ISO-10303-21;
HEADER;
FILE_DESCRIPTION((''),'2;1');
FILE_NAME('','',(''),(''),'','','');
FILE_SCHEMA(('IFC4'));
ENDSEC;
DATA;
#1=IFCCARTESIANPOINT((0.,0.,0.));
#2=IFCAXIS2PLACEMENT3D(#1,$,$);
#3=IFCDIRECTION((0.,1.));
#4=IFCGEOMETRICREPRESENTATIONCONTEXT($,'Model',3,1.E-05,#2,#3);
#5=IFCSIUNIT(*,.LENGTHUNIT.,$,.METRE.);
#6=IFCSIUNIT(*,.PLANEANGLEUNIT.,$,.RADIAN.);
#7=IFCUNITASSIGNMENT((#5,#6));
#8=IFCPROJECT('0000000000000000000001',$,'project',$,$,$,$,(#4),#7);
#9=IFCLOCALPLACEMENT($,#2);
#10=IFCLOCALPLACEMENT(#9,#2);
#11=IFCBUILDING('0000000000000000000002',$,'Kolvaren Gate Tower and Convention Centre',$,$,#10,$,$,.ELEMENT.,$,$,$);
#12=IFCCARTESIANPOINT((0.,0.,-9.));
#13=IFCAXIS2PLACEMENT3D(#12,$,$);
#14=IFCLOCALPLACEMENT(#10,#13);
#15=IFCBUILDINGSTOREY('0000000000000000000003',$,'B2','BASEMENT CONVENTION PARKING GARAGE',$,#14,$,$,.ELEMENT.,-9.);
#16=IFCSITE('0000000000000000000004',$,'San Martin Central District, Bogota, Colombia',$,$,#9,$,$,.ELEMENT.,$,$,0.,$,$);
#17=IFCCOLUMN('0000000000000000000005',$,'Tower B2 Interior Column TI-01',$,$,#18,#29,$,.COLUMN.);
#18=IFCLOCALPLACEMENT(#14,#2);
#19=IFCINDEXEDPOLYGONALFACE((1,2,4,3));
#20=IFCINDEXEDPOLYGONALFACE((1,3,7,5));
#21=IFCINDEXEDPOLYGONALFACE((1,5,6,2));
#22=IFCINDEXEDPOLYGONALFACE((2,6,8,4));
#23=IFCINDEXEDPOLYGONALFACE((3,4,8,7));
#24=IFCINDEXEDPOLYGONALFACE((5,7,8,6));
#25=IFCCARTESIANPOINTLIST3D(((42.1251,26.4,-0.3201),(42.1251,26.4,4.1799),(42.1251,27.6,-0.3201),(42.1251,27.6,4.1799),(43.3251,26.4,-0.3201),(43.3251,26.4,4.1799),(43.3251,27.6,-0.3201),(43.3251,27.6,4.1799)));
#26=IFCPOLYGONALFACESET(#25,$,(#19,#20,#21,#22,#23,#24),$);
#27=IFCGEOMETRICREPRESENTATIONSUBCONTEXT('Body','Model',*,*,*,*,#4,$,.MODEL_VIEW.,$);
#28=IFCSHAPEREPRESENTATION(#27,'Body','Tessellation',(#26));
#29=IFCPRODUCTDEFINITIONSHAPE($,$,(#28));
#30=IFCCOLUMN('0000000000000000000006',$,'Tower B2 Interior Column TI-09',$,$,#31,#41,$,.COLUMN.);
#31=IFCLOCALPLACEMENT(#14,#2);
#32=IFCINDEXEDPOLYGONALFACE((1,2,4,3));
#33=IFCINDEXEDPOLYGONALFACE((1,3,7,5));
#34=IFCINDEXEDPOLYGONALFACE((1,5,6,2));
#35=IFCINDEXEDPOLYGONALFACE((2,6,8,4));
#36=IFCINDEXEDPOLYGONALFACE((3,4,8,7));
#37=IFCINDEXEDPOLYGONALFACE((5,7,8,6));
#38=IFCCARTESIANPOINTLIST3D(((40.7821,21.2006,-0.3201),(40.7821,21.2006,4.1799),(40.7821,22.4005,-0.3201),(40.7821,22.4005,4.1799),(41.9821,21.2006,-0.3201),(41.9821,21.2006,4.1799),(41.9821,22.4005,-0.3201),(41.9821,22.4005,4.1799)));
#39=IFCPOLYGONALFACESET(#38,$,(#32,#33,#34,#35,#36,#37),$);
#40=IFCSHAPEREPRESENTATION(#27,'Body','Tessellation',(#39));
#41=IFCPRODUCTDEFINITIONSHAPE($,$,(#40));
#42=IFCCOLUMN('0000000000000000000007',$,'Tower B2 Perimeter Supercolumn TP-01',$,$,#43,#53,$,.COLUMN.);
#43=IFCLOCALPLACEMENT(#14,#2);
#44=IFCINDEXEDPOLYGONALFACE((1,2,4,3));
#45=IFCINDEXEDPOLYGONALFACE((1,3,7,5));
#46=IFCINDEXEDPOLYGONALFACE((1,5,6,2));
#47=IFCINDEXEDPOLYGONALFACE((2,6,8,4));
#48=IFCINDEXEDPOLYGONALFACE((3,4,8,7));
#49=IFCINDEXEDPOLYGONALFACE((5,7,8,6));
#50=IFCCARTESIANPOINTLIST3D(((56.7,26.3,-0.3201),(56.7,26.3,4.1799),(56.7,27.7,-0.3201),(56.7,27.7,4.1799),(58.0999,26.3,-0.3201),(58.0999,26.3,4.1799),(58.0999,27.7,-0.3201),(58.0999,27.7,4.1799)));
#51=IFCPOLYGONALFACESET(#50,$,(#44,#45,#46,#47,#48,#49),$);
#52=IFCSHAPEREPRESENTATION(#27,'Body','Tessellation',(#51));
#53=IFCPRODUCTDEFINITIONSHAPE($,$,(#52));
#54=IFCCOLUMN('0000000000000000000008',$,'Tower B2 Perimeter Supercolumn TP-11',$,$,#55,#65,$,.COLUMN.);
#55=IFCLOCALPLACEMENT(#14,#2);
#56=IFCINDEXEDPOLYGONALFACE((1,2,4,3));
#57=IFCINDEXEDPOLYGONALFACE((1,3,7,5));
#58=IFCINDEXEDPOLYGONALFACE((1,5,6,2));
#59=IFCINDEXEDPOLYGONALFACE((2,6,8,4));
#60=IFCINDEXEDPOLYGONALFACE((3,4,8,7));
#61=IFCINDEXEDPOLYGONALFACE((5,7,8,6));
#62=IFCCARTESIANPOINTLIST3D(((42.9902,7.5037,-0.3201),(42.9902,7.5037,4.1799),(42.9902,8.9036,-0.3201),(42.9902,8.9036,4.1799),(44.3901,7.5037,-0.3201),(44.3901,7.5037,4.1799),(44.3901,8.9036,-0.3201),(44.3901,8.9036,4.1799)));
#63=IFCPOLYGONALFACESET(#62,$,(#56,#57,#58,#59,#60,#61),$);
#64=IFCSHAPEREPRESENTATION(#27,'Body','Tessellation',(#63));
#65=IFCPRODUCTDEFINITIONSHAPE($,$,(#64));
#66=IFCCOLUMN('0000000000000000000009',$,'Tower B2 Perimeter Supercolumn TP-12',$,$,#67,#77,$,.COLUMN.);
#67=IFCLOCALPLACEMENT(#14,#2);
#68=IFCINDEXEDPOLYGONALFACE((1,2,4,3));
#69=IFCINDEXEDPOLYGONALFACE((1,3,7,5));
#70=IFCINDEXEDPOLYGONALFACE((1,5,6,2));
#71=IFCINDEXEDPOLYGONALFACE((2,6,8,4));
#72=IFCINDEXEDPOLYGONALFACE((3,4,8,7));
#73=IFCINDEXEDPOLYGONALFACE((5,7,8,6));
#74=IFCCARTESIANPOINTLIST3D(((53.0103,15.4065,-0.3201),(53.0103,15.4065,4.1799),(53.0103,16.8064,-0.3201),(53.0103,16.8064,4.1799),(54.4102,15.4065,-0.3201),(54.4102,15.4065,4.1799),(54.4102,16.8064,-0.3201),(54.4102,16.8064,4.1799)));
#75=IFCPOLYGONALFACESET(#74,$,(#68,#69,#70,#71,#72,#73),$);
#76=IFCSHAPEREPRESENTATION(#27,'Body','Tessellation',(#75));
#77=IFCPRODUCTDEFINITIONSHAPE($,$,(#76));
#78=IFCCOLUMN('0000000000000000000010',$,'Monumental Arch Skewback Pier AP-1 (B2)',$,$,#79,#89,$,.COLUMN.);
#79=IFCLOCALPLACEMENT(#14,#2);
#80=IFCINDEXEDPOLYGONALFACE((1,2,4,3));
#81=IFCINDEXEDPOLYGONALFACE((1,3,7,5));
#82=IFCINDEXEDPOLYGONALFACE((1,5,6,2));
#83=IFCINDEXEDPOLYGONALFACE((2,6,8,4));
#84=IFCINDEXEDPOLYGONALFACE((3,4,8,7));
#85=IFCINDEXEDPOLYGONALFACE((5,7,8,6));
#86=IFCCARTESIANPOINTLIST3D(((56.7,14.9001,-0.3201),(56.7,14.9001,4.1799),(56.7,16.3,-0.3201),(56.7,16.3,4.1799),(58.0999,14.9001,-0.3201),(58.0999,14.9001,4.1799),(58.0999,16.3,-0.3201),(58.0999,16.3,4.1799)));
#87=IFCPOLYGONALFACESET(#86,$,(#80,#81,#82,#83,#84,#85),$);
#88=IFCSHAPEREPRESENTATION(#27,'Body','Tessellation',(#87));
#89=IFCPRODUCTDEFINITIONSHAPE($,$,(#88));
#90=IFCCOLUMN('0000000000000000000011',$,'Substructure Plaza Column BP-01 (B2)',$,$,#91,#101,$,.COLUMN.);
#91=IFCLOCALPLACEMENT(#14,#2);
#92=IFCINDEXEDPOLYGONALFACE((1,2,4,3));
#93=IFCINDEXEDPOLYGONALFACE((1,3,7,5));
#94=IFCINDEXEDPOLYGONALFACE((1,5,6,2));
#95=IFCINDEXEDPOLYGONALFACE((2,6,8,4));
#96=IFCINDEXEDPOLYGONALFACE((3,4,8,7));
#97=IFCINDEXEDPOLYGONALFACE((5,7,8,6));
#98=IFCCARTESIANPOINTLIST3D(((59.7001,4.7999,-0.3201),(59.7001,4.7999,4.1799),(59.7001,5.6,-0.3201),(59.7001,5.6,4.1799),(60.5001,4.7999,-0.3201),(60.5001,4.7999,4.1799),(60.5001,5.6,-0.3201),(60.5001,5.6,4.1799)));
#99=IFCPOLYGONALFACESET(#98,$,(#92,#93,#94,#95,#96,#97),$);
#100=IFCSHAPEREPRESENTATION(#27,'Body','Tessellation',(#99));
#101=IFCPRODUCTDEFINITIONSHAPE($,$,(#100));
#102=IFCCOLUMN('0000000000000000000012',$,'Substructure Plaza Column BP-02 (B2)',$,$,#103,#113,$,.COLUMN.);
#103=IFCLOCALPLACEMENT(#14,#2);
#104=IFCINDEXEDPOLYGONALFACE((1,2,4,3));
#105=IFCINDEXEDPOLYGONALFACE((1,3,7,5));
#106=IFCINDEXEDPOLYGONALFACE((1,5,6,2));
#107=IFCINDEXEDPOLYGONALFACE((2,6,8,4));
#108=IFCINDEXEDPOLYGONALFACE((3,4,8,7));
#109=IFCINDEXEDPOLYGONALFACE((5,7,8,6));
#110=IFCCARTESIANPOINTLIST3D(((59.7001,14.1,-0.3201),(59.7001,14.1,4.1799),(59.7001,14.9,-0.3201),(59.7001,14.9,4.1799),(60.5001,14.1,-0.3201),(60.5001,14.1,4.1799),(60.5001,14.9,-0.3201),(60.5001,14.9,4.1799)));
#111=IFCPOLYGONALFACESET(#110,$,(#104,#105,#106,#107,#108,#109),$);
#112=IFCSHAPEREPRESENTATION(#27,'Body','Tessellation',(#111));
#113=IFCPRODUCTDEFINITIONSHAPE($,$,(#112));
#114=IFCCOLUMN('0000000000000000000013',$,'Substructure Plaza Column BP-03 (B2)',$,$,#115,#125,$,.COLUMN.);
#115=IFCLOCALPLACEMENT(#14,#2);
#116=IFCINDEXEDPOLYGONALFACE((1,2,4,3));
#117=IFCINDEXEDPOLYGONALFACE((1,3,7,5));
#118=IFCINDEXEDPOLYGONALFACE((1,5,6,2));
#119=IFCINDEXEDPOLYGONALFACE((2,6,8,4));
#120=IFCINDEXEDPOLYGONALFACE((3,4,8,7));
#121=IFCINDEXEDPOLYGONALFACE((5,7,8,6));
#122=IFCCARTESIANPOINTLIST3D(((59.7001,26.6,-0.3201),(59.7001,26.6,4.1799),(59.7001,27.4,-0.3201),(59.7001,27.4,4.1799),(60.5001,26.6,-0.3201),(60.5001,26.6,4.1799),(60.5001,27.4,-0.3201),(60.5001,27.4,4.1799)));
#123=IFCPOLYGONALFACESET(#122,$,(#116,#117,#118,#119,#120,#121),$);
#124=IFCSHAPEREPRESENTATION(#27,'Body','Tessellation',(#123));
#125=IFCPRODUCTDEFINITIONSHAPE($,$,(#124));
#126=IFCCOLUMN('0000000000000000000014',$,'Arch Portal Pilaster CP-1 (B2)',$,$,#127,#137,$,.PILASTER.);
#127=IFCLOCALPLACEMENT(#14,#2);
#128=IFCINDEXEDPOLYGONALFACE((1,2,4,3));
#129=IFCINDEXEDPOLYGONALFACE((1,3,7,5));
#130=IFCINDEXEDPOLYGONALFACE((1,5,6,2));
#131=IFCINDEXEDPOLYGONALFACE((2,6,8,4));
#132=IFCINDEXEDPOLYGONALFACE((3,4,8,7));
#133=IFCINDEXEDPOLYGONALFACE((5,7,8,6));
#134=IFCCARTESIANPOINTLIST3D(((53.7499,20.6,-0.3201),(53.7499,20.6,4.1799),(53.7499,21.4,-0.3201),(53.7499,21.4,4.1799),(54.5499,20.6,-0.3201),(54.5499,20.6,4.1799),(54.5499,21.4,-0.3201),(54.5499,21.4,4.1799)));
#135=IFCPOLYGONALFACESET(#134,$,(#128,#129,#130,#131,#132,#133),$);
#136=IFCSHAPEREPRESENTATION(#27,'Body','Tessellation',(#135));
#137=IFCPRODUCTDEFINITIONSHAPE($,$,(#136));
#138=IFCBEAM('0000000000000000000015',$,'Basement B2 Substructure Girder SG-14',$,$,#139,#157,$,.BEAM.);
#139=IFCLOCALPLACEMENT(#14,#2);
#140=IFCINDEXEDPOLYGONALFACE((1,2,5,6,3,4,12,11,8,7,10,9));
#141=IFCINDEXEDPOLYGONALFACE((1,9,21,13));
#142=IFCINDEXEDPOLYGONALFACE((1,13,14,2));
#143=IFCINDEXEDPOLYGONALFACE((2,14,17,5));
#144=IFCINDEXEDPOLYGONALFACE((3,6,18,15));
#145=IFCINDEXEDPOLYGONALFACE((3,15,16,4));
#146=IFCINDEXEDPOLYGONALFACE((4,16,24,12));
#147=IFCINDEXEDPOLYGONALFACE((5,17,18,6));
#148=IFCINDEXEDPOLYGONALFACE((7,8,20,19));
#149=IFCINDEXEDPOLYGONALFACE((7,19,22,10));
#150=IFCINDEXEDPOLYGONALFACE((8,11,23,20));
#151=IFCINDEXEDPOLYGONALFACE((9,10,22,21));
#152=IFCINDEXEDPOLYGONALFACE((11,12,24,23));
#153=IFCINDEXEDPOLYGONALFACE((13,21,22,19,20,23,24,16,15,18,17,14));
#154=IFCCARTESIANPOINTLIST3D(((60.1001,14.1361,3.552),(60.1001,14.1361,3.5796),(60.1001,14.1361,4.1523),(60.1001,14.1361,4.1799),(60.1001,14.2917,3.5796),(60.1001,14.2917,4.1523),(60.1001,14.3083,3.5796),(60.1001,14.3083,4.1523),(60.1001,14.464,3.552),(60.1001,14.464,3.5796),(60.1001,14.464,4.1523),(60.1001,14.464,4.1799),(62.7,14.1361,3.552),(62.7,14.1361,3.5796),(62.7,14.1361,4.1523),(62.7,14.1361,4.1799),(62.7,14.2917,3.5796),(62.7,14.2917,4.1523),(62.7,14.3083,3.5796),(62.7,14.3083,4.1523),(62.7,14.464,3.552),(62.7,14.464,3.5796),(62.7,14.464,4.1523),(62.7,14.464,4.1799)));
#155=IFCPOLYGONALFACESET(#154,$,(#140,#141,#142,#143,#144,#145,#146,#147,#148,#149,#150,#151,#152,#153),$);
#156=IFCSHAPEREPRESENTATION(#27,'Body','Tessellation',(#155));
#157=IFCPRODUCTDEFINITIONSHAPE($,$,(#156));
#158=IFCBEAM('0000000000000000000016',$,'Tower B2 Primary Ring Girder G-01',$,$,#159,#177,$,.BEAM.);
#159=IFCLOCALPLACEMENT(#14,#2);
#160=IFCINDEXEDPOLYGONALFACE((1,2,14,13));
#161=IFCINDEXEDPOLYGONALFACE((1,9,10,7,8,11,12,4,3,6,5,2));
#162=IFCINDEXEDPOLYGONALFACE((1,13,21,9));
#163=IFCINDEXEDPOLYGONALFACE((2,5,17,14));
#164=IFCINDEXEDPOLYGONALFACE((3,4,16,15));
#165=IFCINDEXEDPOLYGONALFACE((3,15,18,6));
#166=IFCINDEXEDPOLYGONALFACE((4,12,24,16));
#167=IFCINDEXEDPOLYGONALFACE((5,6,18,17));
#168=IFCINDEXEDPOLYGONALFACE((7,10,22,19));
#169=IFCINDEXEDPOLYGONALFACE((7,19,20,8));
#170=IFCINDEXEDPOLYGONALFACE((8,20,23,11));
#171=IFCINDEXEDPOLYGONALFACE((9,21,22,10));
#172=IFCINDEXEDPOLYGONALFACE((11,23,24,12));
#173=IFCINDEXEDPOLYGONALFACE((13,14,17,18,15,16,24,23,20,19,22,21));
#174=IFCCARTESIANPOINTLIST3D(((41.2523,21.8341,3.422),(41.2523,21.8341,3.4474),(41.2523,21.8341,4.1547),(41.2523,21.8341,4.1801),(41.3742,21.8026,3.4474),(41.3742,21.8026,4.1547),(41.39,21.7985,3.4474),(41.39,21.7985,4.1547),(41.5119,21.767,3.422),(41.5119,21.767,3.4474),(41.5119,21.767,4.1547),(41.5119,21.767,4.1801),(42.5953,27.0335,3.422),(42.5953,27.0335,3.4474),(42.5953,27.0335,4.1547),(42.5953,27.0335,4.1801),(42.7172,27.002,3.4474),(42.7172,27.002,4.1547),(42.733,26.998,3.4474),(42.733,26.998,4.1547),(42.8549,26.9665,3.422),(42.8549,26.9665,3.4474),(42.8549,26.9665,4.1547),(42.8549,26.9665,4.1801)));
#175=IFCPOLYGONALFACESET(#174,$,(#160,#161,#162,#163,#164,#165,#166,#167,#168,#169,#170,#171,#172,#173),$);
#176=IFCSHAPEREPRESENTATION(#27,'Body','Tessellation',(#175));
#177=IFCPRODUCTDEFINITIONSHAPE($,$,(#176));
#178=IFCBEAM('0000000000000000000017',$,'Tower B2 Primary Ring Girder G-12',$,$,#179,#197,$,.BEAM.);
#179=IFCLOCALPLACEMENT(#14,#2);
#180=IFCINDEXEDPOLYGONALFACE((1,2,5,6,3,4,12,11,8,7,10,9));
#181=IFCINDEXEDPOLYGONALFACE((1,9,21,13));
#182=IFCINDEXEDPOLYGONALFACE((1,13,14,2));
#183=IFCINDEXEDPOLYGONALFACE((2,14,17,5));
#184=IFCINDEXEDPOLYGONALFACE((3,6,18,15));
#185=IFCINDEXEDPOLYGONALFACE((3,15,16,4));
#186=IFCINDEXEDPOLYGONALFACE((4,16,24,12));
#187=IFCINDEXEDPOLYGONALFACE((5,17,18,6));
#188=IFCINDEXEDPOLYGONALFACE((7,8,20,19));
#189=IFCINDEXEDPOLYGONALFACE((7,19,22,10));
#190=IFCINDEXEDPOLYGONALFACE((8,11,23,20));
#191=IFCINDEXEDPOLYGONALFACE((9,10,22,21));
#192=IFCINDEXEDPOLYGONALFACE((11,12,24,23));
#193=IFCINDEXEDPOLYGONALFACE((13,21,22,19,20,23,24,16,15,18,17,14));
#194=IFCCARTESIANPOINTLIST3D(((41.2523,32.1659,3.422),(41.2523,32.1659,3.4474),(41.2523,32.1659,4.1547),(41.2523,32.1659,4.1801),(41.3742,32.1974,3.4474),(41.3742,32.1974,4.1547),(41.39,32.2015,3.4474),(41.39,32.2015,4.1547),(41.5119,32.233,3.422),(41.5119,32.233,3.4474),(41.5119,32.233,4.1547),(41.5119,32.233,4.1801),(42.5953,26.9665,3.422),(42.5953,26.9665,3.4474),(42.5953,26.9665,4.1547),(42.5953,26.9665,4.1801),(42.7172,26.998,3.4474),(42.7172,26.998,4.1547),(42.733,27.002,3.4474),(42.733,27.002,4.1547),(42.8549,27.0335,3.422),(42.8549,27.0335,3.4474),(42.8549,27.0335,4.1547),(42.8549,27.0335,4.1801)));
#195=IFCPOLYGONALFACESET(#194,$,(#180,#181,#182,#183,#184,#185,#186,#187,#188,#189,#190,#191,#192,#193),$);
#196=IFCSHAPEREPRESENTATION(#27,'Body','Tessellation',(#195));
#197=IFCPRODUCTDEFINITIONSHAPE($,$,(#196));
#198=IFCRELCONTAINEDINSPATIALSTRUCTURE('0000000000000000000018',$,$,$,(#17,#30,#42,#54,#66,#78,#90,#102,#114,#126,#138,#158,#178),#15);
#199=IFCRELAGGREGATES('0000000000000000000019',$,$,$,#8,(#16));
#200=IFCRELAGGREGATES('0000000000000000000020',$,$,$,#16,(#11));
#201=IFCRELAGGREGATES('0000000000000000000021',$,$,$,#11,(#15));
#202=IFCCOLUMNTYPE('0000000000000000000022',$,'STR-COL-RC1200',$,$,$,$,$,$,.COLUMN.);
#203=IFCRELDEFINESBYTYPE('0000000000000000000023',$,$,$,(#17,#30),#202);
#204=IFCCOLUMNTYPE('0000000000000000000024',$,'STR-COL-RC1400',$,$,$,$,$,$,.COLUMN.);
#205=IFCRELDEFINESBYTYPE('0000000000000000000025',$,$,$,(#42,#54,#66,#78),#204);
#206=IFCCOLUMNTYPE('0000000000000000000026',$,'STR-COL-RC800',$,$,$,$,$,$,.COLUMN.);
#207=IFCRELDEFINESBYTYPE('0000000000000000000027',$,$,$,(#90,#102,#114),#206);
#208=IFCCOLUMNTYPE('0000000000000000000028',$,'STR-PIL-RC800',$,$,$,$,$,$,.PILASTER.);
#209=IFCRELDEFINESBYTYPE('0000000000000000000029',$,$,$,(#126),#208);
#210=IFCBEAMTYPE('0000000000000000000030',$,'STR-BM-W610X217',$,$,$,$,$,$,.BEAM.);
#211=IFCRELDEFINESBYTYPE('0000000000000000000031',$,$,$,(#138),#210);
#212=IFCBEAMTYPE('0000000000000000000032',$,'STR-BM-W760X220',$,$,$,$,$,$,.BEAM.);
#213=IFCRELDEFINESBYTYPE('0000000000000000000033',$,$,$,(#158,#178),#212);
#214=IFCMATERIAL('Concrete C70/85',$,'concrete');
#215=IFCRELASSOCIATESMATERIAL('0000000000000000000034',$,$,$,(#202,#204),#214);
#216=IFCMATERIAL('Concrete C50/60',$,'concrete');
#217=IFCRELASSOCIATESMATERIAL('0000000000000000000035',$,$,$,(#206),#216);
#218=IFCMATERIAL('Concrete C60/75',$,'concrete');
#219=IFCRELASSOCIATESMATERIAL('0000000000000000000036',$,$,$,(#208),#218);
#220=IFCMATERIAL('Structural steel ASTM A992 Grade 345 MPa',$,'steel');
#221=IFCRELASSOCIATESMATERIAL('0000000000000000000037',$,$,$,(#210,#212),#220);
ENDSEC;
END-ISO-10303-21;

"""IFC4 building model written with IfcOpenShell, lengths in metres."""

from ifc_helpers import new_model, si_unit, direction, frame, origin, origin_2d, place, context, subcontext, project, spatial, rectangle, i_section, extrude, material, material_profile, profile_set, type_object, element, save


model = new_model("IFC4")

# Units and contexts
model_context = context("Model", 3, precision=1e-05, world=origin(), true_north=direction((0.0, 1.0)))
body_context = subcontext(model_context, "Body", "Model", "MODEL_VIEW")
ifc_project = project(units=[si_unit("LENGTHUNIT", "METRE"), si_unit("PLANEANGLEUNIT", "RADIAN")], contexts=[model_context])

# Site, building, storey
site_placement = place(None, origin())
site = spatial("IfcSite", under=ifc_project, at=site_placement, Name="San Martin Central District, Bogota, Colombia", CompositionType="ELEMENT", RefElevation=0.0)
building_placement = place(site_placement, origin())
building = spatial("IfcBuilding", under=site, at=building_placement, Name="Kolvaren Gate Tower and Convention Centre", CompositionType="ELEMENT")
storey_placement = place(building_placement, frame((0.0, 0.0, -9.0)))
storey = spatial("IfcBuildingStorey", under=building, at=storey_placement, Name="B2", Description="BASEMENT CONVENTION PARKING GARAGE", CompositionType="ELEMENT", Elevation=-9.0)

# Columns
ifc_material_1 = material(Name="Concrete C70/85", Category="concrete")
ifc_material_profile_1 = material_profile(ifc_material_1, rectangle(XDim=1.2, YDim=1.2, at=origin_2d()), Name="RC-COL-1200X1200")
ifc_profile_set_1 = profile_set([ifc_material_profile_1], Name="Concrete C70/85")
column_type_1 = type_object("IfcColumnType", Name="STR-COL-RC1200", PredefinedType="COLUMN", material=ifc_profile_set_1)
for number, where, z_axis, x_axis, name in (
    (1, (42.7251, 27.0, -0.3201), (0.0, 0.0, 1.0), (1.0, 0.0, 0.0), "Tower B2 Interior Column TI-01"),
    (2, (41.3821, 21.8005, -0.3201), (0.0, 0.0, 1.0), (1.0, 0.0, 0.0), "Tower B2 Interior Column TI-09"),
):
    element("IfcColumn", number, at=place(storey_placement, frame(where, z_axis=z_axis, x_axis=x_axis)), inside=storey, type_object=column_type_1, Name=name, PredefinedType="COLUMN", context=body_context, shape_type="SweptSolid", body=[
        extrude(rectangle(XDim=1.2, YDim=1.2, at=origin_2d()), origin(), (0.0, 0.0, 1.0), 4.5),
    ])
ifc_material_profile_2 = material_profile(ifc_material_1, rectangle(XDim=1.3999, YDim=1.3999, at=origin_2d()), Name="RC-COL-1400X1400")
ifc_profile_set_2 = profile_set([ifc_material_profile_2], Name="Concrete C70/85")
column_type_2 = type_object("IfcColumnType", Name="STR-COL-RC1400", PredefinedType="COLUMN", material=ifc_profile_set_2)
for number, where, z_axis, x_axis, name in (
    (3, (57.3999, 27.0, -0.3201), (0.0, 0.0, 1.0), (1.0, 0.0, 0.0), "Tower B2 Perimeter Supercolumn TP-01"),
    (4, (43.6902, 8.2036, -0.3201), (0.0, 0.0, 1.0), (1.0, 0.0, 0.0), "Tower B2 Perimeter Supercolumn TP-11"),
    (5, (53.7102, 16.1064, -0.3201), (0.0, 0.0, 1.0), (1.0, 0.0, 0.0), "Tower B2 Perimeter Supercolumn TP-12"),
    (6, (57.3999, 15.6001, -0.3201), (0.0, 0.0, 1.0), (1.0, 0.0, 0.0), "Monumental Arch Skewback Pier AP-1 (B2)"),
):
    element("IfcColumn", number, at=place(storey_placement, frame(where, z_axis=z_axis, x_axis=x_axis)), inside=storey, type_object=column_type_2, Name=name, PredefinedType="COLUMN", context=body_context, shape_type="SweptSolid", body=[
        extrude(rectangle(XDim=1.3999, YDim=1.3999, at=origin_2d()), origin(), (0.0, 0.0, 1.0), 4.5),
    ])
ifc_material_2 = material(Name="Concrete C50/60", Category="concrete")
ifc_material_profile_3 = material_profile(ifc_material_2, rectangle(XDim=0.8, YDim=0.8, at=origin_2d()), Name="RC-COL-800X800")
ifc_profile_set_3 = profile_set([ifc_material_profile_3], Name="Concrete C50/60")
column_type_3 = type_object("IfcColumnType", Name="STR-COL-RC800", PredefinedType="COLUMN", material=ifc_profile_set_3)
for number, where, z_axis, x_axis, name in (
    (7, (60.1001, 5.2, -0.3201), (0.0, 0.0, 1.0), (1.0, 0.0, 0.0), "Substructure Plaza Column BP-01 (B2)"),
    (8, (60.1001, 14.5, -0.3201), (0.0, 0.0, 1.0), (1.0, 0.0, 0.0), "Substructure Plaza Column BP-02 (B2)"),
    (9, (60.1001, 27.0, -0.3201), (0.0, 0.0, 1.0), (1.0, 0.0, 0.0), "Substructure Plaza Column BP-03 (B2)"),
):
    element("IfcColumn", number, at=place(storey_placement, frame(where, z_axis=z_axis, x_axis=x_axis)), inside=storey, type_object=column_type_3, Name=name, PredefinedType="COLUMN", context=body_context, shape_type="SweptSolid", body=[
        extrude(rectangle(XDim=0.8, YDim=0.8, at=origin_2d()), origin(), (0.0, 0.0, 1.0), 4.5),
    ])
ifc_material_3 = material(Name="Concrete C60/75", Category="concrete")
ifc_material_profile_4 = material_profile(ifc_material_3, rectangle(XDim=0.8, YDim=0.8, at=origin_2d()), Name="RC-COL-800X800")
ifc_profile_set_4 = profile_set([ifc_material_profile_4], Name="Concrete C60/75")
column_type_4 = type_object("IfcColumnType", Name="STR-PIL-RC800", PredefinedType="PILASTER", material=ifc_profile_set_4)
column_placement = place(storey_placement, frame((54.1499, 21.0, -0.3201), z_axis=(0.0, 0.0, 1.0), x_axis=(1.0, 0.0, 0.0)))
element("IfcColumn", 10, at=column_placement, inside=storey, type_object=column_type_4, Name="Arch Portal Pilaster CP-1 (B2)", PredefinedType="PILASTER", context=body_context, shape_type="SweptSolid", body=[
    extrude(rectangle(XDim=0.8, YDim=0.8, at=origin_2d()), origin(), (0.0, 0.0, 1.0), 4.5),
])

# Beams
ifc_material_4 = material(Name="Structural steel ASTM A992 Grade 345 MPa", Category="steel")
ifc_material_profile_5 = material_profile(ifc_material_4, i_section(OverallWidth=0.3279, OverallDepth=0.6279, WebThickness=0.0166, FlangeThickness=0.0276, at=origin_2d()), Name="W610X217")
ifc_profile_set_5 = profile_set([ifc_material_profile_5], Name="Structural steel ASTM A992 Grade 345 MPa")
beam_type_1 = type_object("IfcBeamType", Name="STR-BM-W610X217", PredefinedType="BEAM", material=ifc_profile_set_5)
beam_1_placement = place(storey_placement, frame((60.1001, 14.3, 3.866), z_axis=(1.0, 0.0, 0.0), x_axis=(0.0, 1.0, 0.0)))
element("IfcBeam", 11, at=beam_1_placement, inside=storey, type_object=beam_type_1, Name="Basement B2 Substructure Girder SG-14", PredefinedType="BEAM", context=body_context, shape_type="SweptSolid", body=[
    extrude(i_section(OverallWidth=0.3279, OverallDepth=0.6279, WebThickness=0.0166, FlangeThickness=0.0276, at=origin_2d()), origin(), (0.0, 0.0, 1.0), 2.5999),
])
ifc_material_profile_6 = material_profile(ifc_material_4, i_section(OverallWidth=0.2681, OverallDepth=0.7581, WebThickness=0.0164, FlangeThickness=0.0254, at=origin_2d()), Name="W760X220")
ifc_profile_set_6 = profile_set([ifc_material_profile_6], Name="Structural steel ASTM A992 Grade 345 MPa")
beam_type_2 = type_object("IfcBeamType", Name="STR-BM-W760X220", PredefinedType="BEAM", material=ifc_profile_set_6)
for number, where, z_axis, x_axis, name in (
    (12, (42.7251, 27.0, 3.801), (-0.250091, -0.968222, 0.0), (0.968222, -0.250091, 0.0), "Tower B2 Primary Ring Girder G-01"),
    (13, (42.7251, 27.0, 3.801), (-0.250091, 0.968222, 0.0), (-0.968222, -0.250091, 0.0), "Tower B2 Primary Ring Girder G-12"),
):
    element("IfcBeam", number, at=place(storey_placement, frame(where, z_axis=z_axis, x_axis=x_axis)), inside=storey, type_object=beam_type_2, Name=name, PredefinedType="BEAM", context=body_context, shape_type="SweptSolid", body=[
        extrude(i_section(OverallWidth=0.2681, OverallDepth=0.7581, WebThickness=0.0164, FlangeThickness=0.0254, at=origin_2d()), origin(), (0.0, 0.0, 1.0), 5.3701),
    ])

save(model, "model.ifc")
